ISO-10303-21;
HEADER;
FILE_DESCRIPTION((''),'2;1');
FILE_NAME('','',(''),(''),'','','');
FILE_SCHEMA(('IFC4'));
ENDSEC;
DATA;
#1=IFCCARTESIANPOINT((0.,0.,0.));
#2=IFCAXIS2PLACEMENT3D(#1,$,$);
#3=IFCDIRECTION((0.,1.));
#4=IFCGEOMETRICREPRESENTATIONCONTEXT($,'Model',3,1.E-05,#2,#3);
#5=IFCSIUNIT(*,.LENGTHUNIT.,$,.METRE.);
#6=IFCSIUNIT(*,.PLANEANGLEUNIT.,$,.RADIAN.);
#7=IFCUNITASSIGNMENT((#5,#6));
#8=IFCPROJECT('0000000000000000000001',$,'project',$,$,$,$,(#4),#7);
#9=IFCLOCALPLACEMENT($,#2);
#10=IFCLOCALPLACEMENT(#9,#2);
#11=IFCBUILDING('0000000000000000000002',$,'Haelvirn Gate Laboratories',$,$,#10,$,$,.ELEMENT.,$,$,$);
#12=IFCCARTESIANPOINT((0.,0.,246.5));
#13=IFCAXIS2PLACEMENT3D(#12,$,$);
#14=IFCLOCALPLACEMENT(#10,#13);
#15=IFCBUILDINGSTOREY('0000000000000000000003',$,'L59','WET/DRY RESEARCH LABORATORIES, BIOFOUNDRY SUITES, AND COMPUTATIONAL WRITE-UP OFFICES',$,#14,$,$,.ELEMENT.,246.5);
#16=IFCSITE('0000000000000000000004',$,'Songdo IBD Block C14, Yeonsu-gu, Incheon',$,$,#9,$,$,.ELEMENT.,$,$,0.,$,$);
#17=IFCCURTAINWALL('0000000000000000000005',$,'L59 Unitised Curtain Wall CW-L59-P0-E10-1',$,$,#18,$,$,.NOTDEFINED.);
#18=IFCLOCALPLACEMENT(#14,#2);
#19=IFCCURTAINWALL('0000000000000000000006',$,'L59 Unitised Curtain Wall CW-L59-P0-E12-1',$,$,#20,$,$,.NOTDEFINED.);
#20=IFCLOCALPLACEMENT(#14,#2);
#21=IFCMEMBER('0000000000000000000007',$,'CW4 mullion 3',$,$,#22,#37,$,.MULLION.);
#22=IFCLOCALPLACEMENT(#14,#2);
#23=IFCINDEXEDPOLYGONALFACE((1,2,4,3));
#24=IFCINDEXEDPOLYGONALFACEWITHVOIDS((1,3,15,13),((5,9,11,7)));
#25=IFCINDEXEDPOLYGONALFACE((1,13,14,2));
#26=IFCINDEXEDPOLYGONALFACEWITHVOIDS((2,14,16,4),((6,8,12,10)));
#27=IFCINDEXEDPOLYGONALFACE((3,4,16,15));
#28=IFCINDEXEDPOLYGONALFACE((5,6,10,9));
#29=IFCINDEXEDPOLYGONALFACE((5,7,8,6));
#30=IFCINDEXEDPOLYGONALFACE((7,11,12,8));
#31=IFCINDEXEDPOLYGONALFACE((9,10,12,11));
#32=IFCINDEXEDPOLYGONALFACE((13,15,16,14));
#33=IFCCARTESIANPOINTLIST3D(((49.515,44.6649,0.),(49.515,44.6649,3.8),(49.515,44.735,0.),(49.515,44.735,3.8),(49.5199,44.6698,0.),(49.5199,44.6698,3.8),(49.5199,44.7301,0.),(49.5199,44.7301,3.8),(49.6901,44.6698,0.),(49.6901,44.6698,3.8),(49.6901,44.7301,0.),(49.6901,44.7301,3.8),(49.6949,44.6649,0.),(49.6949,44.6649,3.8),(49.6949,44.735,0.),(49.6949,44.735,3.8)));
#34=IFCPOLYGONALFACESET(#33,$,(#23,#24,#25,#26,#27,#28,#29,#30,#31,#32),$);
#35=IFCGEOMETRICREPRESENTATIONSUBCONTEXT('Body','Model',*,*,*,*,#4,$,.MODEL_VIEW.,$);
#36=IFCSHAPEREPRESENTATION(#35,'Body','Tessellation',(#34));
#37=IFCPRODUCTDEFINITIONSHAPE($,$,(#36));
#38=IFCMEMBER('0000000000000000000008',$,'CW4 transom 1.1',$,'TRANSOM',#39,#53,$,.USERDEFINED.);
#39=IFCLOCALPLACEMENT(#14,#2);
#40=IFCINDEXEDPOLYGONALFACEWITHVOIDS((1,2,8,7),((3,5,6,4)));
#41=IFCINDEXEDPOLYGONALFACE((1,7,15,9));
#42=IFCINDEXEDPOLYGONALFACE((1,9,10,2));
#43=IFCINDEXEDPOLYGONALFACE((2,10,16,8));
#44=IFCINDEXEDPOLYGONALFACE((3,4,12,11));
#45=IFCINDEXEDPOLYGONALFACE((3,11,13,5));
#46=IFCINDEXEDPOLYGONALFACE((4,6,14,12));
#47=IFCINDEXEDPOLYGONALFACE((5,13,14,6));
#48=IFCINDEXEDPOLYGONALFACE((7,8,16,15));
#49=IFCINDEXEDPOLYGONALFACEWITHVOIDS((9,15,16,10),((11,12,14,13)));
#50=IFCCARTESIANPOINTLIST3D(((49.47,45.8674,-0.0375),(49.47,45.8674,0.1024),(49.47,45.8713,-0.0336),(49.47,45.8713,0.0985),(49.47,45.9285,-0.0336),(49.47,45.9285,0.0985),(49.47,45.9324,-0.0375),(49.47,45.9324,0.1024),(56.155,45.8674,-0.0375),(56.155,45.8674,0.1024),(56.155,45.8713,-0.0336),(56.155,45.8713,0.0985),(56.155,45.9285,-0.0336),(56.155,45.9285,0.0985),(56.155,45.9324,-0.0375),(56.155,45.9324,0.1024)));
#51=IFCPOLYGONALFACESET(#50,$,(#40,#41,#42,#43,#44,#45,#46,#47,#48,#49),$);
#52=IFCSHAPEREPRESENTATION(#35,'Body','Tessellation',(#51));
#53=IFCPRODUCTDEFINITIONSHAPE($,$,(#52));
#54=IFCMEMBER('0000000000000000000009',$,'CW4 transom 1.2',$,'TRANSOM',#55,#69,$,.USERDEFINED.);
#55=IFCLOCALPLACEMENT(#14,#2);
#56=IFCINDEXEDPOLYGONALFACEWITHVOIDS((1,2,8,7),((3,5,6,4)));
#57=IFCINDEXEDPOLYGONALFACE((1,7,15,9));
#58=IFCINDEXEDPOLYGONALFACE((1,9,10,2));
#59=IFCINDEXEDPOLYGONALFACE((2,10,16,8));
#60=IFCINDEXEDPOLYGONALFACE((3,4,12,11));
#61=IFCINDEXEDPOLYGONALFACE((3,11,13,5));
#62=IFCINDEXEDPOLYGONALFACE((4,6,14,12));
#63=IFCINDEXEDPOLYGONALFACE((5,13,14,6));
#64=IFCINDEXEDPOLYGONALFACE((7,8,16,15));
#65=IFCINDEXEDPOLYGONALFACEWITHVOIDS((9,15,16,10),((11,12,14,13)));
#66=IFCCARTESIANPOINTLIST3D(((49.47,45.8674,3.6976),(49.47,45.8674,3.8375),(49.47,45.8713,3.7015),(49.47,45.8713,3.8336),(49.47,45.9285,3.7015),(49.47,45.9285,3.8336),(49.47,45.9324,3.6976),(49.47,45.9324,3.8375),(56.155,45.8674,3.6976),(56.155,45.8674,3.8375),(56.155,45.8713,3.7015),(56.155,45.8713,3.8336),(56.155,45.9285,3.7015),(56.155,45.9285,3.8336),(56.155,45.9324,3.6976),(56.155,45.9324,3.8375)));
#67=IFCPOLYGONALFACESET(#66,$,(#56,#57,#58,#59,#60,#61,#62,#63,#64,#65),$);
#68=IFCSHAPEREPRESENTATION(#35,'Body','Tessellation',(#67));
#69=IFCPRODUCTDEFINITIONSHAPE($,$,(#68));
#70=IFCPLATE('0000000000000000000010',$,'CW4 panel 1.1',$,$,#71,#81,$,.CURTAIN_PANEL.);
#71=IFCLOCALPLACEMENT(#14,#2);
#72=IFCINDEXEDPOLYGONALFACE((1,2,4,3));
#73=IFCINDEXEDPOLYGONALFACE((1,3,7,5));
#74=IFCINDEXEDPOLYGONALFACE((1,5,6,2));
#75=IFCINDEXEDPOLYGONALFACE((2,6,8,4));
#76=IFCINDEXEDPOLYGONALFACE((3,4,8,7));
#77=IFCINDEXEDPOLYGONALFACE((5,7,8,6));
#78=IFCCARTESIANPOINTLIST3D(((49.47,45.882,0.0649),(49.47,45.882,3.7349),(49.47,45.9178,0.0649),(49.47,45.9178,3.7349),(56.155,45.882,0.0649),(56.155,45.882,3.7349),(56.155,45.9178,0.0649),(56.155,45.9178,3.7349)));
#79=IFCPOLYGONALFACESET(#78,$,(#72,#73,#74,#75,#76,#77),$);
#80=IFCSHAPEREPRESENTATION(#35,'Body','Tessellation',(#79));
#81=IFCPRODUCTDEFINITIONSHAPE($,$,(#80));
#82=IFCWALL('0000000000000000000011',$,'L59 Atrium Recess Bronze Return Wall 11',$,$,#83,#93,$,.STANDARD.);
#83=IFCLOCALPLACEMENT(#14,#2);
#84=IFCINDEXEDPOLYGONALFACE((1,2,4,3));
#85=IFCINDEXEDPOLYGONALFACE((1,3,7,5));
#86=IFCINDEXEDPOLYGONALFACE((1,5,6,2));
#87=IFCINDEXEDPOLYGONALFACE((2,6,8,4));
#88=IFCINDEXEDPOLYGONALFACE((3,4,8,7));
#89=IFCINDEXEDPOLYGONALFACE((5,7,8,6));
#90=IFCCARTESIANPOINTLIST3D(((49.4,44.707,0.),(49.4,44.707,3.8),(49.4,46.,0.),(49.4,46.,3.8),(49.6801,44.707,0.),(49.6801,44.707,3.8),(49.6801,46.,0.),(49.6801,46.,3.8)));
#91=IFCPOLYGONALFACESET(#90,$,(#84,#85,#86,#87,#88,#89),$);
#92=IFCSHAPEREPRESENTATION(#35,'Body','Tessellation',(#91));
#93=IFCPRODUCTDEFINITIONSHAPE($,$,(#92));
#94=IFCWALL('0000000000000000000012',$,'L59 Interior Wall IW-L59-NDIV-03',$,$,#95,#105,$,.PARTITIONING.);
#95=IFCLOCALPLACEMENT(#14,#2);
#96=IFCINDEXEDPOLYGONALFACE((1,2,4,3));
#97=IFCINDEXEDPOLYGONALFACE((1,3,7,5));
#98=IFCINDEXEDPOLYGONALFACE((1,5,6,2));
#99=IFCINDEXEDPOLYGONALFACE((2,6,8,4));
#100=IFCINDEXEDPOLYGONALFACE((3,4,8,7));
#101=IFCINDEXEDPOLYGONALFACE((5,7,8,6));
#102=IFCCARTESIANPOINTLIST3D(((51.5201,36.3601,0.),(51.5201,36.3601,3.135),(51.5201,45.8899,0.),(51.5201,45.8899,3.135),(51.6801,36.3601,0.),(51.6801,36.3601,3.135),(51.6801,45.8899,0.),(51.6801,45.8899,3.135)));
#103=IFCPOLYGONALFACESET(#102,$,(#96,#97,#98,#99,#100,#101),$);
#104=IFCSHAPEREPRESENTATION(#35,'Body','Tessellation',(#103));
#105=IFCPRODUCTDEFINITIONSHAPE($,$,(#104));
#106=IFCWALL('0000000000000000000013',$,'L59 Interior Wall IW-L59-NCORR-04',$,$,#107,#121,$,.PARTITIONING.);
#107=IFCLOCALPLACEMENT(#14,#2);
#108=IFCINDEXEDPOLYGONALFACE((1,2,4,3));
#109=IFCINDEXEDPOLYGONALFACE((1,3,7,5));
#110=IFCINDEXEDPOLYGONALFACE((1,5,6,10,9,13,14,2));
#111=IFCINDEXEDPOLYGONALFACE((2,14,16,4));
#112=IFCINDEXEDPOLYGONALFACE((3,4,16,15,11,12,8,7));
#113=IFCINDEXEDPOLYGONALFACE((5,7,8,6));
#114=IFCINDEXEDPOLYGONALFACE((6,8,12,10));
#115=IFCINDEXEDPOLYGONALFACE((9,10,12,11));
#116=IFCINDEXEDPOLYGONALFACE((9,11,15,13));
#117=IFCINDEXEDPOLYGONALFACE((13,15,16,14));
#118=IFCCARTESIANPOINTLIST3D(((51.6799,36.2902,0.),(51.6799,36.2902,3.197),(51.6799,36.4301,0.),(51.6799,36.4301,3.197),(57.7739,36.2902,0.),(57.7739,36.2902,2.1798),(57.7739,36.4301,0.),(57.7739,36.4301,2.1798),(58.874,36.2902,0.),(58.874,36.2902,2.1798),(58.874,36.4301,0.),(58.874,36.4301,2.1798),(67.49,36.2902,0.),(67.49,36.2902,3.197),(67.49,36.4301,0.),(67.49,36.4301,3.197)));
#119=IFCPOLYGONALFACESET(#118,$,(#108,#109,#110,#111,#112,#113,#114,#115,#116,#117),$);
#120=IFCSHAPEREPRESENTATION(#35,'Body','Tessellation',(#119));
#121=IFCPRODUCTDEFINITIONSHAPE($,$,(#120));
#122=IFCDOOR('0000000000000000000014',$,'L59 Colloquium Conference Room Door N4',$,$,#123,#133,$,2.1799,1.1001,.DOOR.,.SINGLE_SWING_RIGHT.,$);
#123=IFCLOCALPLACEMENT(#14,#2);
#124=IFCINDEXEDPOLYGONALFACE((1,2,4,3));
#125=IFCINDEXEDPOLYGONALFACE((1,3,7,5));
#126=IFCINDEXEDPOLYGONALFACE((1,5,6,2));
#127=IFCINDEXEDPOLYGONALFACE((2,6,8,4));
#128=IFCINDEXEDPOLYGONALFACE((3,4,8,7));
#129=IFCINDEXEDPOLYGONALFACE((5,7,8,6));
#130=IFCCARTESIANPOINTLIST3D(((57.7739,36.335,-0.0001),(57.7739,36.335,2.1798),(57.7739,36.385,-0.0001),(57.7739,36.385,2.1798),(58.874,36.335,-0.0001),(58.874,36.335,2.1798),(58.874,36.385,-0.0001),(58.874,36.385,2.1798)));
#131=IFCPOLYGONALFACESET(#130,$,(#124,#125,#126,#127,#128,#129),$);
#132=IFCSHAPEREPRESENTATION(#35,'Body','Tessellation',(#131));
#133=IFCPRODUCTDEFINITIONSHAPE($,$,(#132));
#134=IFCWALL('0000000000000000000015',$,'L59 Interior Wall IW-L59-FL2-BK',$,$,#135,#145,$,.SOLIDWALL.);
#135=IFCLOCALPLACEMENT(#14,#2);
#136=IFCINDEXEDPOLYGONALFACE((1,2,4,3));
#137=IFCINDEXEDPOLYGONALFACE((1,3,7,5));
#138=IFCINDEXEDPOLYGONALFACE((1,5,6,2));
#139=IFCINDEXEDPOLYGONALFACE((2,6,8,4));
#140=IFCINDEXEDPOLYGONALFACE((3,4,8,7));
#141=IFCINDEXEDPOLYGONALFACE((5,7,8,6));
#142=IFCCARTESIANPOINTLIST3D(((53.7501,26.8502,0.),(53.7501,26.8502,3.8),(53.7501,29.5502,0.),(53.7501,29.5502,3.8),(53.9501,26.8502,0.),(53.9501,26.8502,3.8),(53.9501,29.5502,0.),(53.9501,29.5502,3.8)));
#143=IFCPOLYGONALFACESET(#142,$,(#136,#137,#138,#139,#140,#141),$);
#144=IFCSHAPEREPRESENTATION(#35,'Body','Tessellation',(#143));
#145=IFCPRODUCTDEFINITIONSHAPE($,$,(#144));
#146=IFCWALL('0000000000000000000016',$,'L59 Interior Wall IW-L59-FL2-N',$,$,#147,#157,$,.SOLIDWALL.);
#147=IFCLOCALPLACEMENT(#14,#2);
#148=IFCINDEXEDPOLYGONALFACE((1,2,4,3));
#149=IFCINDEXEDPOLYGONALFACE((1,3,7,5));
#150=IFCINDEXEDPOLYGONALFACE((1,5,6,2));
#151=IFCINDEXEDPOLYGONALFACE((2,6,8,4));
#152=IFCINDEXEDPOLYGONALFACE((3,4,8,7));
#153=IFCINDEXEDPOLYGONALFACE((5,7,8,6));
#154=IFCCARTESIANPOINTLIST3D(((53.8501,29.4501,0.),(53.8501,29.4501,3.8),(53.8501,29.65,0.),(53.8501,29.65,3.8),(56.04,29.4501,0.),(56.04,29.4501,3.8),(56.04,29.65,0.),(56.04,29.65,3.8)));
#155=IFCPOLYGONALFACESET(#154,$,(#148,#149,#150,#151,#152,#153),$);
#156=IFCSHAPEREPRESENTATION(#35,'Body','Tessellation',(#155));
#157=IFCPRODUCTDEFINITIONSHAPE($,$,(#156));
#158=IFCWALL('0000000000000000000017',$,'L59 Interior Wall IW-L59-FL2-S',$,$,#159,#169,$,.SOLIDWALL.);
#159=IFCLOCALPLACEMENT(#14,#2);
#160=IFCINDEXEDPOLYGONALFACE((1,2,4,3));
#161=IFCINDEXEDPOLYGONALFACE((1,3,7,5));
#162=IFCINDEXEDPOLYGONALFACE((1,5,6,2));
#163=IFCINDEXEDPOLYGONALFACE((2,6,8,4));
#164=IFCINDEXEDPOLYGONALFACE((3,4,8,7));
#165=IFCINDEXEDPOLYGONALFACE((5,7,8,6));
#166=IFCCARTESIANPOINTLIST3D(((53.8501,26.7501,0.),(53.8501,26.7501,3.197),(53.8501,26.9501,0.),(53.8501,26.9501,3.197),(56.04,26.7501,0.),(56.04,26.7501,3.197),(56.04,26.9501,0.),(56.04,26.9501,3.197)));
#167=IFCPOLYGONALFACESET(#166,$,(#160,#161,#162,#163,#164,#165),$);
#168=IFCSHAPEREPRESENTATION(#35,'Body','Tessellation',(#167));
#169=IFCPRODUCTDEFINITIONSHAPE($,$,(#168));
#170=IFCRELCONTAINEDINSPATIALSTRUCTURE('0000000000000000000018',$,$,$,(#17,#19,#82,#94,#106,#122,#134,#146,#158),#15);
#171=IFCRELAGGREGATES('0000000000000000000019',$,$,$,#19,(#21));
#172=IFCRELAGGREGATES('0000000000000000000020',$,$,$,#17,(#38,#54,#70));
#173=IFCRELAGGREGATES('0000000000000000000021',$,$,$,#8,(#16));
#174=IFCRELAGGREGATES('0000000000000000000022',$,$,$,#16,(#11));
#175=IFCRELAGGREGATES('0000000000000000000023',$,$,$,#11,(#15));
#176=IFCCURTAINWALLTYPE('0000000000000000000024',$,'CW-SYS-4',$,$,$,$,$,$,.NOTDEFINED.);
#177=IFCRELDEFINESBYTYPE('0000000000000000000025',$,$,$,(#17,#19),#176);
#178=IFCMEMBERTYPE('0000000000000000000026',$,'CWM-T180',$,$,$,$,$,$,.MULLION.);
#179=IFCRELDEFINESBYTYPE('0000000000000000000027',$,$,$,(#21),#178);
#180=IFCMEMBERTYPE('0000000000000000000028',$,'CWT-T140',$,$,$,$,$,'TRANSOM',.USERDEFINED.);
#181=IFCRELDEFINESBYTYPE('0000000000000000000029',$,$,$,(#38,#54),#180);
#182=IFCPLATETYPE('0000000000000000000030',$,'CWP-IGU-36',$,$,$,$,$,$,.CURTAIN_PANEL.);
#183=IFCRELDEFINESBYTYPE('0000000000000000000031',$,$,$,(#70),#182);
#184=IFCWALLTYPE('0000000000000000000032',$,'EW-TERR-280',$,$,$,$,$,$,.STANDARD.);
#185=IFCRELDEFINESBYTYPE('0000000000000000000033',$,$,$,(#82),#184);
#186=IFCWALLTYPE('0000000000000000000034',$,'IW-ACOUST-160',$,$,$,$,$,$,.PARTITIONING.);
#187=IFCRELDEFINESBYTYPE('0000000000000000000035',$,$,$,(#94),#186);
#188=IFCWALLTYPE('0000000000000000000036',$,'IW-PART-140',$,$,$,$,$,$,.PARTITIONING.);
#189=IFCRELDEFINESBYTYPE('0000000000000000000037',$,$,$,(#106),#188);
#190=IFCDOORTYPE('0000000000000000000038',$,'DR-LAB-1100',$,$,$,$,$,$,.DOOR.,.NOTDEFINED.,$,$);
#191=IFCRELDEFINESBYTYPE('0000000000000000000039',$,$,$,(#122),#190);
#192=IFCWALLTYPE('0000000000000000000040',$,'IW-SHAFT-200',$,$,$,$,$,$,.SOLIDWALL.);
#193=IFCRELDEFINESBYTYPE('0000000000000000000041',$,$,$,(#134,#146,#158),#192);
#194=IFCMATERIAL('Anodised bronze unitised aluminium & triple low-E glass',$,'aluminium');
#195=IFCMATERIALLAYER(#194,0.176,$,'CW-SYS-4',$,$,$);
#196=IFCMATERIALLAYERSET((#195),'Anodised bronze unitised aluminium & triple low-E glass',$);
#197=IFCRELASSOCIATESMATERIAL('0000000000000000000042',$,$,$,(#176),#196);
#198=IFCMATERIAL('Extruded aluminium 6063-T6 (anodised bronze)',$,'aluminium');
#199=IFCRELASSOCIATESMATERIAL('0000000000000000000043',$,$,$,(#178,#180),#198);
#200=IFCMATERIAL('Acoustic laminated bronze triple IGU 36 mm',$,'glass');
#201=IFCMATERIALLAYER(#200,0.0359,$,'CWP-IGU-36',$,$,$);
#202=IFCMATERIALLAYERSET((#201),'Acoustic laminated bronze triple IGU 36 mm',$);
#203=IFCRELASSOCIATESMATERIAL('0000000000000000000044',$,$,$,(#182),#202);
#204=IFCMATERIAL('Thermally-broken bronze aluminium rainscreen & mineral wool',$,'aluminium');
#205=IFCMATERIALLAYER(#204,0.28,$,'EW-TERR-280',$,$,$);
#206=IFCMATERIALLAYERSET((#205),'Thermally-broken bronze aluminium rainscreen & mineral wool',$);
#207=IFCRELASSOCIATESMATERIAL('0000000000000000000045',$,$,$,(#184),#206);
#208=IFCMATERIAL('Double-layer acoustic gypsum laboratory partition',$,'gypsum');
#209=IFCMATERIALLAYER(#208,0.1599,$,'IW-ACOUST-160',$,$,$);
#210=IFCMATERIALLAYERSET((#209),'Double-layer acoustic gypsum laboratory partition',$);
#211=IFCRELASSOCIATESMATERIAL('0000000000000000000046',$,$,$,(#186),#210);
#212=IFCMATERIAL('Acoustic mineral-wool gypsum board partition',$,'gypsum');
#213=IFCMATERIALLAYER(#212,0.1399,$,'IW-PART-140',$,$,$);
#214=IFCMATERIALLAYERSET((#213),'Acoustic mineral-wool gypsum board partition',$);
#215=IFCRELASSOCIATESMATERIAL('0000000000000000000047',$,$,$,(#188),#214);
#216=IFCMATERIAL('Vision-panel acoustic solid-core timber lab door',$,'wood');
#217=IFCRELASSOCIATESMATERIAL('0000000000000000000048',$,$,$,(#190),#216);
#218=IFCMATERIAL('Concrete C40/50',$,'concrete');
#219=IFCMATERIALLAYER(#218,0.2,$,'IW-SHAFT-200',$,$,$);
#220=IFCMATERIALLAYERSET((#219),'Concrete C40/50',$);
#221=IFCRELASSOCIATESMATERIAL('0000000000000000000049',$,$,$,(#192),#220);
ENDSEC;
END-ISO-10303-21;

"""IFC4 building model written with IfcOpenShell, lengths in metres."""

from ifc_helpers import new_model, si_unit, direction, frame, frame_2d, origin, origin_2d, place, context, subcontext, project, spatial, rectangle, hollow_rectangle, extrude, source, transform, mapped, material, layer, layer_set, material_profile, profile_set, type_object, type_shapes, element, fill, aggregate, save


model = new_model("IFC4")

# Units and contexts
model_context = context("Model", 3, precision=1e-05, world=origin(), true_north=direction((0.0, 1.0)))
body_context = subcontext(model_context, "Body", "Model", "MODEL_VIEW")
ifc_project = project(units=[si_unit("LENGTHUNIT", "METRE"), si_unit("PLANEANGLEUNIT", "RADIAN")], contexts=[model_context])

# Site, building, storey
site_placement = place(None, origin())
site = spatial("IfcSite", under=ifc_project, at=site_placement, Name="Songdo IBD Block C14, Yeonsu-gu, Incheon", CompositionType="ELEMENT", RefElevation=0.0)
building_placement = place(site_placement, origin())
building = spatial("IfcBuilding", under=site, at=building_placement, Name="Haelvirn Gate Laboratories", CompositionType="ELEMENT")
storey_placement = place(building_placement, frame((0.0, 0.0, 246.5)))
storey = spatial("IfcBuildingStorey", under=building, at=storey_placement, Name="L59", Description="WET/DRY RESEARCH LABORATORIES, BIOFOUNDRY SUITES, AND COMPUTATIONAL WRITE-UP OFFICES", CompositionType="ELEMENT", Elevation=246.5)

# Curtain wall
ifc_material_1 = material(Name="Anodised bronze unitised aluminium & triple low-E glass", Category="aluminium")
ifc_layer_1 = layer(ifc_material_1, 0.176, Name="CW-SYS-4")
ifc_layer_set_1 = layer_set([ifc_layer_1], Name="Anodised bronze unitised aluminium & triple low-E glass")
curtain_wall_type = type_object("IfcCurtainWallType", Name="CW-SYS-4", PredefinedType="NOTDEFINED", material=ifc_layer_set_1)
curtain_wall_1_placement = place(storey_placement, origin())
curtain_wall_1 = element("IfcCurtainWall", 1, at=curtain_wall_1_placement, inside=storey, type_object=curtain_wall_type, Name="L59 Unitised Curtain Wall CW-L59-P0-E10-1", PredefinedType="NOTDEFINED")
ifc_material_2 = material(Name="Extruded aluminium 6063-T6 (anodised bronze)", Category="aluminium")
ifc_material_profile_1 = material_profile(ifc_material_2, hollow_rectangle(XDim=0.0701, YDim=0.1799, WallThickness=0.0049, at=origin_2d()), Name="CWM-180x70x5")
ifc_profile_set_1 = profile_set([ifc_material_profile_1], Name="Extruded aluminium 6063-T6 (anodised bronze)")
member_type_1 = type_object("IfcMemberType", Name="CWM-T180", PredefinedType="MULLION", material=ifc_profile_set_1)
shared_shape_1 = source(origin(), body_context, "Body", "SweptSolid", [
    extrude(hollow_rectangle(XDim=0.0701, YDim=0.1799, WallThickness=0.0049, at=origin_2d()), origin(), (0.0, 0.0, 1.0), 3.8),
])
type_shapes(member_type_1, [shared_shape_1])

# Curtain wall, member
curtain_wall_2_placement = place(storey_placement, origin())
curtain_wall_2 = element("IfcCurtainWall", 2, at=curtain_wall_2_placement, inside=storey, type_object=curtain_wall_type, Name="L59 Unitised Curtain Wall CW-L59-P0-E12-1", PredefinedType="NOTDEFINED")
member_1_placement = place(storey_placement, frame((49.605, 44.7, 0.0), z_axis=(0.0, 0.0, 1.0), x_axis=(0.0, 1.0, 0.0)))
member_1 = element("IfcMember", 3, at=member_1_placement, type_object=member_type_1, Name="CW4 mullion 3", PredefinedType="MULLION", context=body_context, shape_type="MappedRepresentation", body=[
    mapped(shared_shape_1, transform((0.0, 0.0, 0.0), scale=1.0)),
])
aggregate(curtain_wall_2, [member_1])

# Members
ifc_material_profile_2 = material_profile(ifc_material_2, hollow_rectangle(XDim=0.0649, YDim=0.1399, WallThickness=0.0039, at=origin_2d()), Name="CWT-140x65x4")
ifc_profile_set_2 = profile_set([ifc_material_profile_2], Name="Extruded aluminium 6063-T6 (anodised bronze)")
member_type_2 = type_object("IfcMemberType", Name="CWT-T140", ElementType="TRANSOM", PredefinedType="USERDEFINED", material=ifc_profile_set_2)
shared_shape_2 = source(origin(), body_context, "Body", "SweptSolid", [
    extrude(hollow_rectangle(XDim=0.0649, YDim=0.1399, WallThickness=0.0039, at=origin_2d()), origin(), (0.0, 0.0, 1.0), 6.6851),
])
type_shapes(member_type_2, [shared_shape_2])
member_2_placement = place(storey_placement, frame((49.47, 45.8999, 0.0325), z_axis=(1.0, 0.0, 0.0), x_axis=(0.0, 1.0, 0.0)))
member_2 = element("IfcMember", 4, at=member_2_placement, type_object=member_type_2, Name="CW4 transom 1.1", ObjectType="TRANSOM", PredefinedType="USERDEFINED", context=body_context, shape_type="MappedRepresentation", body=[
    mapped(shared_shape_2, transform((0.0, 0.0, 0.0), scale=1.0)),
])
member_3_placement = place(storey_placement, frame((49.47, 45.8999, 3.7676), z_axis=(1.0, 0.0, 0.0), x_axis=(0.0, 1.0, 0.0)))
member_3 = element("IfcMember", 5, at=member_3_placement, type_object=member_type_2, Name="CW4 transom 1.2", ObjectType="TRANSOM", PredefinedType="USERDEFINED", context=body_context, shape_type="MappedRepresentation", body=[
    mapped(shared_shape_2, transform((0.0, 0.0, 0.0), scale=1.0)),
])

# Plate
ifc_material_3 = material(Name="Acoustic laminated bronze triple IGU 36 mm", Category="glass")
ifc_layer_2 = layer(ifc_material_3, 0.0359, Name="CWP-IGU-36")
ifc_layer_set_2 = layer_set([ifc_layer_2], Name="Acoustic laminated bronze triple IGU 36 mm")
plate_type = type_object("IfcPlateType", Name="CWP-IGU-36", PredefinedType="CURTAIN_PANEL", material=ifc_layer_set_2)
shared_shape_3 = source(origin(), body_context, "Body", "SweptSolid", [
    extrude(rectangle(XDim=6.6851, YDim=0.0359, at=origin_2d()), origin(), (0.0, 0.0, 1.0), 3.6699),
])
type_shapes(plate_type, [shared_shape_3])
plate_placement = place(storey_placement, frame((52.8125, 45.8999, 0.0649), z_axis=(0.0, 0.0, 1.0), x_axis=(1.0, 0.0, 0.0)))
plate = element("IfcPlate", 6, at=plate_placement, type_object=plate_type, Name="CW4 panel 1.1", PredefinedType="CURTAIN_PANEL", context=body_context, shape_type="MappedRepresentation", body=[
    mapped(shared_shape_3, transform((0.0, 0.0, 0.0), scale=1.0)),
])
aggregate(curtain_wall_1, [member_2, member_3, plate])

# Walls
ifc_material_4 = material(Name="Thermally-broken bronze aluminium rainscreen & mineral wool", Category="aluminium")
ifc_layer_3 = layer(ifc_material_4, 0.28, Name="EW-TERR-280")
ifc_layer_set_3 = layer_set([ifc_layer_3], Name="Thermally-broken bronze aluminium rainscreen & mineral wool")
wall_type_1 = type_object("IfcWallType", Name="EW-TERR-280", PredefinedType="STANDARD", material=ifc_layer_set_3)
wall_1_placement = place(storey_placement, frame((49.54, 46.0, 0.0), z_axis=(0.0, 0.0, 1.0), x_axis=(0.0, -1.0, 0.0)))
element("IfcWall", 7, at=wall_1_placement, inside=storey, type_object=wall_type_1, Name="L59 Atrium Recess Bronze Return Wall 11", PredefinedType="STANDARD", context=body_context, shape_type="SweptSolid", body=[
    extrude(rectangle(XDim=1.293, YDim=0.28, at=frame_2d((0.6465, 0.0))), origin(), (0.0, 0.0, 1.0), 3.8),
])
ifc_material_5 = material(Name="Double-layer acoustic gypsum laboratory partition", Category="gypsum")
ifc_layer_4 = layer(ifc_material_5, 0.1599, Name="IW-ACOUST-160")
ifc_layer_set_4 = layer_set([ifc_layer_4], Name="Double-layer acoustic gypsum laboratory partition")
wall_type_2 = type_object("IfcWallType", Name="IW-ACOUST-160", PredefinedType="PARTITIONING", material=ifc_layer_set_4)
wall_2_placement = place(storey_placement, frame((51.6001, 36.3601, 0.0), z_axis=(0.0, 0.0, 1.0), x_axis=(0.0, 1.0, 0.0)))
element("IfcWall", 8, at=wall_2_placement, inside=storey, type_object=wall_type_2, Name="L59 Interior Wall IW-L59-NDIV-03", PredefinedType="PARTITIONING", context=body_context, shape_type="SweptSolid", body=[
    extrude(rectangle(XDim=9.5298, YDim=0.1599, at=frame_2d((4.7649, 0.0))), origin(), (0.0, 0.0, 1.0), 3.135),
])

# Wall, opening, door
ifc_material_6 = material(Name="Acoustic mineral-wool gypsum board partition", Category="gypsum")
ifc_layer_5 = layer(ifc_material_6, 0.1399, Name="IW-PART-140")
ifc_layer_set_5 = layer_set([ifc_layer_5], Name="Acoustic mineral-wool gypsum board partition")
wall_type_3 = type_object("IfcWallType", Name="IW-PART-140", PredefinedType="PARTITIONING", material=ifc_layer_set_5)
wall_3_placement = place(storey_placement, frame((51.6799, 36.3601, 0.0), z_axis=(0.0, 0.0, 1.0), x_axis=(1.0, 0.0, 0.0)))
wall_3 = element("IfcWall", 9, at=wall_3_placement, inside=storey, type_object=wall_type_3, Name="L59 Interior Wall IW-L59-NCORR-04", PredefinedType="PARTITIONING", context=body_context, shape_type="SweptSolid", body=[
    extrude(rectangle(XDim=15.8101, YDim=0.1399, at=frame_2d((7.905, 0.0))), origin(), (0.0, 0.0, 1.0), 3.197),
])
opening_1_placement = place(wall_3_placement, frame((6.094, 0.0, 0.0)))
opening_1 = element("IfcOpeningElement", 10, at=opening_1_placement, cuts=wall_3, PredefinedType="OPENING", context=body_context, shape_type="SweptSolid", body=[
    extrude(rectangle(XDim=1.1001, YDim=2.1799, at=frame_2d((0.55, 1.0898))), frame((0.0, 0.0801, 0.0), z_axis=(0.0, -1.0, 0.0), x_axis=(1.0, 0.0, 0.0)), (0.0, 0.0, 1.0), 0.1599),
])
ifc_material_7 = material(Name="Vision-panel acoustic solid-core timber lab door", Category="wood")
door_type_1 = type_object("IfcDoorType", Name="DR-LAB-1100", OperationType="NOTDEFINED", PredefinedType="DOOR", material=ifc_material_7)
shared_shape_4 = source(origin(), body_context, "Body", "SweptSolid", [
    extrude(rectangle(XDim=1.1001, YDim=2.1799, at=frame_2d((0.55, 1.0898))), frame((0.0, 0.0249, 0.0), z_axis=(0.0, -1.0, 0.0), x_axis=(1.0, 0.0, 0.0)), (0.0, 0.0, 1.0), 0.05),
])
type_shapes(door_type_1, [shared_shape_4])
door_1_placement = place(opening_1_placement, origin())
door_1 = element("IfcDoor", 11, at=door_1_placement, inside=storey, type_object=door_type_1, Name="L59 Colloquium Conference Room Door N4", OperationType="SINGLE_SWING_RIGHT", OverallHeight=2.1799, OverallWidth=1.1001, PredefinedType="DOOR", context=body_context, shape_type="MappedRepresentation", body=[
    mapped(shared_shape_4, transform((0.0, 0.0, 0.0), scale=1.0)),
])
fill(opening_1, door_1)

# Walls
ifc_material_8 = material(Name="Concrete C40/50", Category="concrete")
ifc_layer_6 = layer(ifc_material_8, 0.2, Name="IW-SHAFT-200")
ifc_layer_set_6 = layer_set([ifc_layer_6], Name="Concrete C40/50")
wall_type_4 = type_object("IfcWallType", Name="IW-SHAFT-200", PredefinedType="SOLIDWALL", material=ifc_layer_set_6)
wall_4_placement = place(storey_placement, frame((53.8501, 26.8501, 0.0), z_axis=(0.0, 0.0, 1.0), x_axis=(0.0, 1.0, 0.0)))
element("IfcWall", 12, at=wall_4_placement, inside=storey, type_object=wall_type_4, Name="L59 Interior Wall IW-L59-FL2-BK", PredefinedType="SOLIDWALL", context=body_context, shape_type="SweptSolid", body=[
    extrude(rectangle(XDim=2.7, YDim=0.2, at=frame_2d((1.3501, 0.0))), origin(), (0.0, 0.0, 1.0), 3.8),
])
wall_5_placement = place(storey_placement, frame((53.8501, 29.55, 0.0), z_axis=(0.0, 0.0, 1.0), x_axis=(1.0, 0.0, 0.0)))
element("IfcWall", 13, at=wall_5_placement, inside=storey, type_object=wall_type_4, Name="L59 Interior Wall IW-L59-FL2-N", PredefinedType="SOLIDWALL", context=body_context, shape_type="SweptSolid", body=[
    extrude(rectangle(XDim=2.1899, YDim=0.2, at=frame_2d((1.095, 0.0))), origin(), (0.0, 0.0, 1.0), 3.8),
])
wall_6_placement = place(storey_placement, frame((53.8501, 26.8501, 0.0), z_axis=(0.0, 0.0, 1.0), x_axis=(1.0, 0.0, 0.0)))
element("IfcWall", 14, at=wall_6_placement, inside=storey, type_object=wall_type_4, Name="L59 Interior Wall IW-L59-FL2-S", PredefinedType="SOLIDWALL", context=body_context, shape_type="SweptSolid", body=[
    extrude(rectangle(XDim=2.1899, YDim=0.2, at=frame_2d((1.095, 0.0))), origin(), (0.0, 0.0, 1.0), 3.197),
])

save(model, "model.ifc")
